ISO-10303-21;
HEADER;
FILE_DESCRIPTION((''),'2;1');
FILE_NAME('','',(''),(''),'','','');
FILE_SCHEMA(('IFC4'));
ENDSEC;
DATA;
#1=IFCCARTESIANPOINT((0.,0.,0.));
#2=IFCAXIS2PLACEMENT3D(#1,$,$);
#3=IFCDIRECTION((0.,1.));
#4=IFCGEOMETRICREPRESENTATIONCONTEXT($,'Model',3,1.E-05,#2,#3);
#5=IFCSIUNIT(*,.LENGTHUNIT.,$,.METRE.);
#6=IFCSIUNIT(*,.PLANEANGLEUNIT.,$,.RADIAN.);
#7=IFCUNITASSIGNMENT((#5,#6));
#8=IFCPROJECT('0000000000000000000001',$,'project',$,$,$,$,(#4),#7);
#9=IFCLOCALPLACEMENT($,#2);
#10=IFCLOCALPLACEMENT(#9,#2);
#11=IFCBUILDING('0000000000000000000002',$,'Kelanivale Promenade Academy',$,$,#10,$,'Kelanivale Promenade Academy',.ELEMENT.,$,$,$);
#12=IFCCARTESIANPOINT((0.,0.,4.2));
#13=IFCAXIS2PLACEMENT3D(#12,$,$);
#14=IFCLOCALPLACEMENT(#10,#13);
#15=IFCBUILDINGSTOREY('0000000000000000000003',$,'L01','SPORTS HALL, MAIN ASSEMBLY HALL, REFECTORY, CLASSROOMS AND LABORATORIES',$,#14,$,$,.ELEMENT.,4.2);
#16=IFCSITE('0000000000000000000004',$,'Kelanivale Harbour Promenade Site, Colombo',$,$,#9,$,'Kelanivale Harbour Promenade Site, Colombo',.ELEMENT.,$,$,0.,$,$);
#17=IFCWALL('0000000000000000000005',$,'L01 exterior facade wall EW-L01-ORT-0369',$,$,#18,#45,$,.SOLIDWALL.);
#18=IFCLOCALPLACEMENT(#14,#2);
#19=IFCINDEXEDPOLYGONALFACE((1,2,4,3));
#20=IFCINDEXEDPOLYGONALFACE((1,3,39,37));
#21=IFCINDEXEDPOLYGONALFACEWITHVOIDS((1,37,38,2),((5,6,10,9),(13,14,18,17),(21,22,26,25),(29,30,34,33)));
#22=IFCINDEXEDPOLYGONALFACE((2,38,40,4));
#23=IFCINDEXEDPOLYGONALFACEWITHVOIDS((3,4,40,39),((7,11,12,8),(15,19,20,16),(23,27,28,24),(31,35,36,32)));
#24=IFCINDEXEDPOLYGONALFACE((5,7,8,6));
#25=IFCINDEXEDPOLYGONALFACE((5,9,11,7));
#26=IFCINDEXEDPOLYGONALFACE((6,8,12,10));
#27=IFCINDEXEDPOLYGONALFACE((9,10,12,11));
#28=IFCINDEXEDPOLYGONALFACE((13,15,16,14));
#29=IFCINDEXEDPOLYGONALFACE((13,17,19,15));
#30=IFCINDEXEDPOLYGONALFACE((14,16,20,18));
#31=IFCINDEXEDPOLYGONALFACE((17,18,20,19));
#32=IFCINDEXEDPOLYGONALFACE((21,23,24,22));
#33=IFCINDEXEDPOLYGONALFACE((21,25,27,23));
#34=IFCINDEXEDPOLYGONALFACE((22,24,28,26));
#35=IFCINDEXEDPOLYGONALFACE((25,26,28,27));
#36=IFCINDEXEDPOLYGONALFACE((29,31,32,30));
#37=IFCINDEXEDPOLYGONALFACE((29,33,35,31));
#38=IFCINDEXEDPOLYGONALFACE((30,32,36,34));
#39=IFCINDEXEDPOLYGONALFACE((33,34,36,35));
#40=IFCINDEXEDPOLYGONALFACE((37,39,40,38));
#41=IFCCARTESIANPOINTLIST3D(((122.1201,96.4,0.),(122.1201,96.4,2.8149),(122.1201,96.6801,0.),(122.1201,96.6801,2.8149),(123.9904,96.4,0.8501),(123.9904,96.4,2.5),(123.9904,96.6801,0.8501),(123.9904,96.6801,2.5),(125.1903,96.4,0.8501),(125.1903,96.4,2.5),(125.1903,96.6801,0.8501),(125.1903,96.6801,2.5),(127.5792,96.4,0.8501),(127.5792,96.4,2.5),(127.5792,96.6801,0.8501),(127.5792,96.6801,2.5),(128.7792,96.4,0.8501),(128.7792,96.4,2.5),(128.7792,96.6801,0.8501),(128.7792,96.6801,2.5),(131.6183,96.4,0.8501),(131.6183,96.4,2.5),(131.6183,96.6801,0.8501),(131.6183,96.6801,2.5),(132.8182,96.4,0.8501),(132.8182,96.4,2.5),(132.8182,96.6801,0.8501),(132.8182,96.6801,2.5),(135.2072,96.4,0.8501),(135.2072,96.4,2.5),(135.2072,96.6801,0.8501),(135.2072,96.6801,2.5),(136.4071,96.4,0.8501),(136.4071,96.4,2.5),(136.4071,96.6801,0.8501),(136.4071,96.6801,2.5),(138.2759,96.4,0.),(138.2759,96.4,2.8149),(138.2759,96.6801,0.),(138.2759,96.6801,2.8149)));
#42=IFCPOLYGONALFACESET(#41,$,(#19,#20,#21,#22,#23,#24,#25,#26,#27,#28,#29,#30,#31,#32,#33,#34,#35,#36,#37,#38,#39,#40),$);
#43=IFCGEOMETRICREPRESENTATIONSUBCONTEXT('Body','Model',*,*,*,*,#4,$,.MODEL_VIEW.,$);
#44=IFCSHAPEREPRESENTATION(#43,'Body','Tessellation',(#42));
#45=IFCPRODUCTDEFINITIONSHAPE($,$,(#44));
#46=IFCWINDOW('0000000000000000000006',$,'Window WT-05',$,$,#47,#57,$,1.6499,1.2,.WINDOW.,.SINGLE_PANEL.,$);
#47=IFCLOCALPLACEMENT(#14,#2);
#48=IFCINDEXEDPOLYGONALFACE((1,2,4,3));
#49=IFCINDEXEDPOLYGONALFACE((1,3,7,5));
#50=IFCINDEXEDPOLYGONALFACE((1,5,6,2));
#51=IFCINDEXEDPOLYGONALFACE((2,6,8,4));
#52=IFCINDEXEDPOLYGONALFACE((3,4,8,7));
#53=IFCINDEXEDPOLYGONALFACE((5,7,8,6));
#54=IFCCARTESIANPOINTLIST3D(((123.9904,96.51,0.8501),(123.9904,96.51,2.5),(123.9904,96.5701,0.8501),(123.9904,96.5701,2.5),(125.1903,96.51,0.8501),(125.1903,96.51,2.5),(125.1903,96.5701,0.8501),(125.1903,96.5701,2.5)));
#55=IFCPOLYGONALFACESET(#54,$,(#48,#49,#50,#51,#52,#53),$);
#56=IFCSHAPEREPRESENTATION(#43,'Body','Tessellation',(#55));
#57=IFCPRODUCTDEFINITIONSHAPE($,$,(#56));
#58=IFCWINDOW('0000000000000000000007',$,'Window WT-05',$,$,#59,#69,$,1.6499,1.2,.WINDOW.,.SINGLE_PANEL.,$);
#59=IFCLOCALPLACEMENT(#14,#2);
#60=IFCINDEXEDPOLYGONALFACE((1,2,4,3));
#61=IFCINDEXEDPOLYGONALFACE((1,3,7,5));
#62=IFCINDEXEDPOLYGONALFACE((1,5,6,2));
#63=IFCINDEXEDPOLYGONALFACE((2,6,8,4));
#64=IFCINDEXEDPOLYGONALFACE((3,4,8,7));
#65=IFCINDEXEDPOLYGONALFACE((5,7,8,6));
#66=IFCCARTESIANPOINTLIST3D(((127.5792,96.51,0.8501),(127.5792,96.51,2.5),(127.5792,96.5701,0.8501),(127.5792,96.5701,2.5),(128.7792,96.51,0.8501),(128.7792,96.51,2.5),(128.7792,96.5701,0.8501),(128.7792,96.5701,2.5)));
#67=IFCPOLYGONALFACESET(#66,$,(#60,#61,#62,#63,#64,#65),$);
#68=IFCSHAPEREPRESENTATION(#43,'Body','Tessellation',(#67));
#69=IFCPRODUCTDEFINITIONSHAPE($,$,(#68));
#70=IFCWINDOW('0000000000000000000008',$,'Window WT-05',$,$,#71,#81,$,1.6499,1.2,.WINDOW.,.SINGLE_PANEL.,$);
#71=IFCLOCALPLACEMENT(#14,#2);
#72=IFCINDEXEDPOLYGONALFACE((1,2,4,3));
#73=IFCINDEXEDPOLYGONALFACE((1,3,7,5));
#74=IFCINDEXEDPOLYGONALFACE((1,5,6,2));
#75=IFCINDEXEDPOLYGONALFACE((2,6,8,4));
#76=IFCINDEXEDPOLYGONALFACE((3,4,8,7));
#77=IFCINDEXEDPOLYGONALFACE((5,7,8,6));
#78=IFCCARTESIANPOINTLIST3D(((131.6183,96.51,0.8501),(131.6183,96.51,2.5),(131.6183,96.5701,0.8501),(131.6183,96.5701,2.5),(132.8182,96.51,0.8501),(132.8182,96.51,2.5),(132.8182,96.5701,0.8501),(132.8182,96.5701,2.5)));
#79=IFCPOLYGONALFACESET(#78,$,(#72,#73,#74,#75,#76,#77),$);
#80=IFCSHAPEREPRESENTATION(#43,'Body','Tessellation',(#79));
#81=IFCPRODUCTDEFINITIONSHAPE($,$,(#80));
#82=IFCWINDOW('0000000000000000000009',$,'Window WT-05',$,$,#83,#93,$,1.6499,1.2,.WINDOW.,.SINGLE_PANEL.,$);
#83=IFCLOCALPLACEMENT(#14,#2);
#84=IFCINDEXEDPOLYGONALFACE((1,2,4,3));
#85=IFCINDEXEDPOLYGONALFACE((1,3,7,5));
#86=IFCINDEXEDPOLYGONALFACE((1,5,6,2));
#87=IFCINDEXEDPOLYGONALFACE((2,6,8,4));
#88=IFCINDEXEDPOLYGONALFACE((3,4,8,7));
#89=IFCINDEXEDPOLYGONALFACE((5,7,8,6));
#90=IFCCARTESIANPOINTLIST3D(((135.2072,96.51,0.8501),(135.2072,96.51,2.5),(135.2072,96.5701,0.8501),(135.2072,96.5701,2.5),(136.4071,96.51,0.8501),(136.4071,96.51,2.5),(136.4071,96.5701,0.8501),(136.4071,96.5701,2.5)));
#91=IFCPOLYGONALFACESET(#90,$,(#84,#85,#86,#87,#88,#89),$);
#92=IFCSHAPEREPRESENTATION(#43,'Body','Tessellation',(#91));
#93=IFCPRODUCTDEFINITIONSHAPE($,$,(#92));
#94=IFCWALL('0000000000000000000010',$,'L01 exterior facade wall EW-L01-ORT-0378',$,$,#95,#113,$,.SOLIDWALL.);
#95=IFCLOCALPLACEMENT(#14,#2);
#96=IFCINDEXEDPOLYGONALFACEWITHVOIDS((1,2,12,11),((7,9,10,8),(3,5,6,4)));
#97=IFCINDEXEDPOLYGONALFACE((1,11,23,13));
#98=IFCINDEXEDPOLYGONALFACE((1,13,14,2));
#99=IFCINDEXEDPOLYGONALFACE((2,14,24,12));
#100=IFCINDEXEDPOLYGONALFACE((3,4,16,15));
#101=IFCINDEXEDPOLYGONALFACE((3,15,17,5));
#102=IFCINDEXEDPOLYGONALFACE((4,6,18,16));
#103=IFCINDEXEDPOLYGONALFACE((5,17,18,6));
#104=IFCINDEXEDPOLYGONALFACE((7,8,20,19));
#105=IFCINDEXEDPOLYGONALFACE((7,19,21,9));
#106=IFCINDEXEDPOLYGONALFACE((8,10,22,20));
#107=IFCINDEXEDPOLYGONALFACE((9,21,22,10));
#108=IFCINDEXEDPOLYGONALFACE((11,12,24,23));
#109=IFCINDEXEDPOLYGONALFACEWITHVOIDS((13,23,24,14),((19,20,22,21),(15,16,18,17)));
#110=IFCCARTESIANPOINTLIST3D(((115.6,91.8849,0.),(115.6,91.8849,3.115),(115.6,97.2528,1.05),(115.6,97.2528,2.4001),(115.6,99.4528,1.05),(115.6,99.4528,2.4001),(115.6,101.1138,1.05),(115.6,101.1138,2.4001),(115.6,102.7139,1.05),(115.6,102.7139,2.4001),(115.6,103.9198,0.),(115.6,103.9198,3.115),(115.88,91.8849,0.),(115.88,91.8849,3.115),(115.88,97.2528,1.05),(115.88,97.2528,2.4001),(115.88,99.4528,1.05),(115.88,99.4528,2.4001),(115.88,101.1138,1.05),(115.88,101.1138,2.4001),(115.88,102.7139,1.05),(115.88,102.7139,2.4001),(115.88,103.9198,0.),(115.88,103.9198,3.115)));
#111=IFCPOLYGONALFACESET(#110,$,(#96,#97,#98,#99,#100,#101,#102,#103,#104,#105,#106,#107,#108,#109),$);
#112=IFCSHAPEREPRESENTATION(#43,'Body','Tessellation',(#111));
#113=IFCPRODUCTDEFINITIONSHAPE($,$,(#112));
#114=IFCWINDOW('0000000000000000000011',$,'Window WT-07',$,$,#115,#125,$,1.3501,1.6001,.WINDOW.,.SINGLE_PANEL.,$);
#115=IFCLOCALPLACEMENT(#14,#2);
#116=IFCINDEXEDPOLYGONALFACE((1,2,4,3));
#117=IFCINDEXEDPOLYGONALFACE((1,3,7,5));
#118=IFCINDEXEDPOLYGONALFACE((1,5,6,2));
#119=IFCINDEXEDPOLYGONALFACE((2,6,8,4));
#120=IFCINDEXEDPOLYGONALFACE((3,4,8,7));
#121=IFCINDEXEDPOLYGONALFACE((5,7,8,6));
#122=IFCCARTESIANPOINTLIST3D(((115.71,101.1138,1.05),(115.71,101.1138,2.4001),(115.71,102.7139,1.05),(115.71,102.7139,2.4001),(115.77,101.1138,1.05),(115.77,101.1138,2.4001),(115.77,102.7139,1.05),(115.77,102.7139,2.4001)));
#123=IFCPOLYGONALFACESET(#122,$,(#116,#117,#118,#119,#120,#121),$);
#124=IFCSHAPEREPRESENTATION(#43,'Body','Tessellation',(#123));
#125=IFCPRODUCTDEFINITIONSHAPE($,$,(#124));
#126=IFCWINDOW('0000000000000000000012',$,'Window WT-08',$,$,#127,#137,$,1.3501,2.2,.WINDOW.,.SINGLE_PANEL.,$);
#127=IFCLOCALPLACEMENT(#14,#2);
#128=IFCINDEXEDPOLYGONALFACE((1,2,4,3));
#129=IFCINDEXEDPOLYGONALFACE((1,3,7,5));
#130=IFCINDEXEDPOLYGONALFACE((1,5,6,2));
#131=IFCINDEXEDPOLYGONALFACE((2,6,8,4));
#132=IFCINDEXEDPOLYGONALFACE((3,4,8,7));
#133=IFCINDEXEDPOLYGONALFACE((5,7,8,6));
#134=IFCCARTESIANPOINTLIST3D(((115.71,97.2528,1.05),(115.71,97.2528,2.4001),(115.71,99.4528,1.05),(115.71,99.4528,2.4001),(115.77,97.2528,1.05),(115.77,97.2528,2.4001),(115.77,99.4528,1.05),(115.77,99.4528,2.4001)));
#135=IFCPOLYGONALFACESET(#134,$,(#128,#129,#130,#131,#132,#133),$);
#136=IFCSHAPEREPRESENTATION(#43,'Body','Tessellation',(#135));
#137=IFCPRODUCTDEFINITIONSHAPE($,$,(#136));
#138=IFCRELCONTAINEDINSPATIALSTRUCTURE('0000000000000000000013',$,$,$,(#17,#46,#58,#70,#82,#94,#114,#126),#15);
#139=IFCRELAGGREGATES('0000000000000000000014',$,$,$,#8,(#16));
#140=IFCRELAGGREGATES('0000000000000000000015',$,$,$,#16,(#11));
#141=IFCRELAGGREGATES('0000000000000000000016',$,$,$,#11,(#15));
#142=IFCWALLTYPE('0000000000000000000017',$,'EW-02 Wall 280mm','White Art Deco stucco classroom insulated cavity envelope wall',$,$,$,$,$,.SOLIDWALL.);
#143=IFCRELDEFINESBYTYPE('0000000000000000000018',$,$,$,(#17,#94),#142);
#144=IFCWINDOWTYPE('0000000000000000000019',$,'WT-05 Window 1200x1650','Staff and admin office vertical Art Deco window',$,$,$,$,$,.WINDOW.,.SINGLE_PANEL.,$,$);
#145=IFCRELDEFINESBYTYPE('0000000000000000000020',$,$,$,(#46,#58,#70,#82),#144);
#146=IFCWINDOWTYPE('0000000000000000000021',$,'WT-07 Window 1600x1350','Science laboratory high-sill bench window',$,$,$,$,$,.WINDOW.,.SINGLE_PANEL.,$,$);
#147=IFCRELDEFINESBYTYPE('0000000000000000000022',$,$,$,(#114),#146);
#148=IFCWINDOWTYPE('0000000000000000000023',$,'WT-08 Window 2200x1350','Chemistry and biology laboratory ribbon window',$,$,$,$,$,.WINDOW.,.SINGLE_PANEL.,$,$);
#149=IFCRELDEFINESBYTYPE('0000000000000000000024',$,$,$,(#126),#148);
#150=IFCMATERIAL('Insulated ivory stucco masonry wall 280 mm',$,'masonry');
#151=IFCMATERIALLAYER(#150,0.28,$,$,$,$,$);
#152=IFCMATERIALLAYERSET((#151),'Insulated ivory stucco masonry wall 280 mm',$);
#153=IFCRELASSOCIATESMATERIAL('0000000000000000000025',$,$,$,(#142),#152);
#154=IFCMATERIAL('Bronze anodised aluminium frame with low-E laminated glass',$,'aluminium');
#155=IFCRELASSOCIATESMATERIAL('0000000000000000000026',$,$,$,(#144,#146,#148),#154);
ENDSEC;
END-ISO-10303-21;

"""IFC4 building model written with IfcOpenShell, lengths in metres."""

from ifc_helpers import new_model, si_unit, direction, frame, frame_2d, origin, place, context, subcontext, project, spatial, rectangle, extrude, material, layer, layer_set, type_object, element, fill, save


model = new_model("IFC4")

# Units and contexts
model_context = context("Model", 3, precision=1e-05, world=origin(), true_north=direction((0.0, 1.0)))
body_context = subcontext(model_context, "Body", "Model", "MODEL_VIEW")
ifc_project = project(units=[si_unit("LENGTHUNIT", "METRE"), si_unit("PLANEANGLEUNIT", "RADIAN")], contexts=[model_context])

# Site, building, storey
site_placement = place(None, origin())
site = spatial("IfcSite", under=ifc_project, at=site_placement, Name="Kelanivale Harbour Promenade Site, Colombo", LongName="Kelanivale Harbour Promenade Site, Colombo", CompositionType="ELEMENT", RefElevation=0.0)
building_placement = place(site_placement, origin())
building = spatial("IfcBuilding", under=site, at=building_placement, Name="Kelanivale Promenade Academy", LongName="Kelanivale Promenade Academy", CompositionType="ELEMENT")
storey_placement = place(building_placement, frame((0.0, 0.0, 4.2)))
storey = spatial("IfcBuildingStorey", under=building, at=storey_placement, Name="L01", Description="SPORTS HALL, MAIN ASSEMBLY HALL, REFECTORY, CLASSROOMS AND LABORATORIES", CompositionType="ELEMENT", Elevation=4.2)

# Walls, openings, windows
ifc_material_1 = material(Name="Insulated ivory stucco masonry wall 280 mm", Category="masonry")
ifc_layer_1 = layer(ifc_material_1, 0.28)
ifc_layer_set_1 = layer_set([ifc_layer_1], Name="Insulated ivory stucco masonry wall 280 mm")
wall_type_1 = type_object("IfcWallType", Name="EW-02 Wall 280mm", Description="White Art Deco stucco classroom insulated cavity envelope wall", PredefinedType="SOLIDWALL", material=ifc_layer_set_1)
wall_1_placement = place(storey_placement, frame((122.1201, 96.54, 0.0), z_axis=(0.0, 0.0, 1.0), x_axis=(1.0, 0.0, 0.0)))
wall_1 = element("IfcWall", 1, at=wall_1_placement, inside=storey, type_object=wall_type_1, Name="L01 exterior facade wall EW-L01-ORT-0369", PredefinedType="SOLIDWALL", context=body_context, shape_type="SweptSolid", body=[
    extrude(rectangle(XDim=16.1558, YDim=0.28, at=frame_2d((8.0779, 0.0))), origin(), (0.0, 0.0, 1.0), 2.8149),
])
opening_1_placement = place(wall_1_placement, frame((1.8701, 0.0, 0.8501)))
opening_1 = element("IfcOpeningElement", 2, at=opening_1_placement, cuts=wall_1, PredefinedType="OPENING", context=body_context, shape_type="SweptSolid", body=[
    extrude(rectangle(XDim=1.2, YDim=1.6499, at=frame_2d((0.6001, 0.825))), frame((0.0, 0.1499, 0.0), z_axis=(0.0, -1.0, 0.0), x_axis=(1.0, 0.0, 0.0)), (0.0, 0.0, 1.0), 0.3),
])
opening_2_placement = place(wall_1_placement, frame((5.459, 0.0, 0.8501)))
opening_2 = element("IfcOpeningElement", 3, at=opening_2_placement, cuts=wall_1, PredefinedType="OPENING", context=body_context, shape_type="SweptSolid", body=[
    extrude(rectangle(XDim=1.2, YDim=1.6499, at=frame_2d((0.6001, 0.825))), frame((0.0, 0.1499, 0.0), z_axis=(0.0, -1.0, 0.0), x_axis=(1.0, 0.0, 0.0)), (0.0, 0.0, 1.0), 0.3),
])
opening_3_placement = place(wall_1_placement, frame((9.498, 0.0, 0.8501)))
opening_3 = element("IfcOpeningElement", 4, at=opening_3_placement, cuts=wall_1, PredefinedType="OPENING", context=body_context, shape_type="SweptSolid", body=[
    extrude(rectangle(XDim=1.2, YDim=1.6499, at=frame_2d((0.6001, 0.825))), frame((0.0, 0.1499, 0.0), z_axis=(0.0, -1.0, 0.0), x_axis=(1.0, 0.0, 0.0)), (0.0, 0.0, 1.0), 0.3),
])
opening_4_placement = place(wall_1_placement, frame((13.0869, 0.0, 0.8501)))
opening_4 = element("IfcOpeningElement", 5, at=opening_4_placement, cuts=wall_1, PredefinedType="OPENING", context=body_context, shape_type="SweptSolid", body=[
    extrude(rectangle(XDim=1.2, YDim=1.6499, at=frame_2d((0.6001, 0.825))), frame((0.0, 0.1499, 0.0), z_axis=(0.0, -1.0, 0.0), x_axis=(1.0, 0.0, 0.0)), (0.0, 0.0, 1.0), 0.3),
])
ifc_material_2 = material(Name="Bronze anodised aluminium frame with low-E laminated glass", Category="aluminium")
window_type_1 = type_object("IfcWindowType", Name="WT-05 Window 1200x1650", Description="Staff and admin office vertical Art Deco window", PartitioningType="SINGLE_PANEL", PredefinedType="WINDOW", material=ifc_material_2)
window_1_placement = place(opening_1_placement, origin())
window_1 = element("IfcWindow", 6, at=window_1_placement, inside=storey, type_object=window_type_1, Name="Window WT-05", OverallHeight=1.6499, OverallWidth=1.2, PartitioningType="SINGLE_PANEL", PredefinedType="WINDOW", context=body_context, shape_type="SweptSolid", body=[
    extrude(rectangle(XDim=1.2, YDim=1.6499, at=frame_2d((0.6001, 0.825))), frame((0.0, 0.03, 0.0), z_axis=(0.0, -1.0, 0.0), x_axis=(1.0, 0.0, 0.0)), (0.0, 0.0, 1.0), 0.0601),
])
fill(opening_1, window_1)
window_2_placement = place(opening_2_placement, origin())
window_2 = element("IfcWindow", 7, at=window_2_placement, inside=storey, type_object=window_type_1, Name="Window WT-05", OverallHeight=1.6499, OverallWidth=1.2, PartitioningType="SINGLE_PANEL", PredefinedType="WINDOW", context=body_context, shape_type="SweptSolid", body=[
    extrude(rectangle(XDim=1.2, YDim=1.6499, at=frame_2d((0.6001, 0.825))), frame((0.0, 0.03, 0.0), z_axis=(0.0, -1.0, 0.0), x_axis=(1.0, 0.0, 0.0)), (0.0, 0.0, 1.0), 0.0601),
])
fill(opening_2, window_2)
window_3_placement = place(opening_3_placement, origin())
window_3 = element("IfcWindow", 8, at=window_3_placement, inside=storey, type_object=window_type_1, Name="Window WT-05", OverallHeight=1.6499, OverallWidth=1.2, PartitioningType="SINGLE_PANEL", PredefinedType="WINDOW", context=body_context, shape_type="SweptSolid", body=[
    extrude(rectangle(XDim=1.2, YDim=1.6499, at=frame_2d((0.6001, 0.825))), frame((0.0, 0.03, 0.0), z_axis=(0.0, -1.0, 0.0), x_axis=(1.0, 0.0, 0.0)), (0.0, 0.0, 1.0), 0.0601),
])
fill(opening_3, window_3)
window_4_placement = place(opening_4_placement, origin())
window_4 = element("IfcWindow", 9, at=window_4_placement, inside=storey, type_object=window_type_1, Name="Window WT-05", OverallHeight=1.6499, OverallWidth=1.2, PartitioningType="SINGLE_PANEL", PredefinedType="WINDOW", context=body_context, shape_type="SweptSolid", body=[
    extrude(rectangle(XDim=1.2, YDim=1.6499, at=frame_2d((0.6001, 0.825))), frame((0.0, 0.03, 0.0), z_axis=(0.0, -1.0, 0.0), x_axis=(1.0, 0.0, 0.0)), (0.0, 0.0, 1.0), 0.0601),
])
fill(opening_4, window_4)
wall_2_placement = place(storey_placement, frame((115.74, 103.9199, 0.0), z_axis=(0.0, 0.0, 1.0), x_axis=(0.0, -1.0, 0.0)))
wall_2 = element("IfcWall", 10, at=wall_2_placement, inside=storey, type_object=wall_type_1, Name="L01 exterior facade wall EW-L01-ORT-0378", PredefinedType="SOLIDWALL", context=body_context, shape_type="SweptSolid", body=[
    extrude(rectangle(XDim=12.0349, YDim=0.28, at=frame_2d((6.0176, 0.0))), origin(), (0.0, 0.0, 1.0), 3.115),
])
opening_5_placement = place(wall_2_placement, frame((1.2061, 0.0, 1.05)))
opening_5 = element("IfcOpeningElement", 11, at=opening_5_placement, cuts=wall_2, PredefinedType="OPENING", context=body_context, shape_type="SweptSolid", body=[
    extrude(rectangle(XDim=1.6001, YDim=1.3501, at=frame_2d((0.8, 0.675))), frame((0.0, 0.1499, 0.0), z_axis=(0.0, -1.0, 0.0), x_axis=(1.0, 0.0, 0.0)), (0.0, 0.0, 1.0), 0.3),
])
opening_6_placement = place(wall_2_placement, frame((4.467, 0.0, 1.05)))
opening_6 = element("IfcOpeningElement", 12, at=opening_6_placement, cuts=wall_2, PredefinedType="OPENING", context=body_context, shape_type="SweptSolid", body=[
    extrude(rectangle(XDim=2.2, YDim=1.3501, at=frame_2d((1.1001, 0.675))), frame((0.0, 0.1499, 0.0), z_axis=(0.0, -1.0, 0.0), x_axis=(1.0, 0.0, 0.0)), (0.0, 0.0, 1.0), 0.3),
])
window_type_2 = type_object("IfcWindowType", Name="WT-07 Window 1600x1350", Description="Science laboratory high-sill bench window", PartitioningType="SINGLE_PANEL", PredefinedType="WINDOW", material=ifc_material_2)
window_5_placement = place(opening_5_placement, origin())
window_5 = element("IfcWindow", 13, at=window_5_placement, inside=storey, type_object=window_type_2, Name="Window WT-07", OverallHeight=1.3501, OverallWidth=1.6001, PartitioningType="SINGLE_PANEL", PredefinedType="WINDOW", context=body_context, shape_type="SweptSolid", body=[
    extrude(rectangle(XDim=1.6001, YDim=1.3501, at=frame_2d((0.8, 0.675))), frame((0.0, 0.03, 0.0), z_axis=(0.0, -1.0, 0.0), x_axis=(1.0, 0.0, 0.0)), (0.0, 0.0, 1.0), 0.0601),
])
fill(opening_5, window_5)
window_type_3 = type_object("IfcWindowType", Name="WT-08 Window 2200x1350", Description="Chemistry and biology laboratory ribbon window", PartitioningType="SINGLE_PANEL", PredefinedType="WINDOW", material=ifc_material_2)
window_6_placement = place(opening_6_placement, origin())
window_6 = element("IfcWindow", 14, at=window_6_placement, inside=storey, type_object=window_type_3, Name="Window WT-08", OverallHeight=1.3501, OverallWidth=2.2, PartitioningType="SINGLE_PANEL", PredefinedType="WINDOW", context=body_context, shape_type="SweptSolid", body=[
    extrude(rectangle(XDim=2.2, YDim=1.3501, at=frame_2d((1.1001, 0.675))), frame((0.0, 0.03, 0.0), z_axis=(0.0, -1.0, 0.0), x_axis=(1.0, 0.0, 0.0)), (0.0, 0.0, 1.0), 0.0601),
])
fill(opening_6, window_6)

save(model, "model.ifc")
